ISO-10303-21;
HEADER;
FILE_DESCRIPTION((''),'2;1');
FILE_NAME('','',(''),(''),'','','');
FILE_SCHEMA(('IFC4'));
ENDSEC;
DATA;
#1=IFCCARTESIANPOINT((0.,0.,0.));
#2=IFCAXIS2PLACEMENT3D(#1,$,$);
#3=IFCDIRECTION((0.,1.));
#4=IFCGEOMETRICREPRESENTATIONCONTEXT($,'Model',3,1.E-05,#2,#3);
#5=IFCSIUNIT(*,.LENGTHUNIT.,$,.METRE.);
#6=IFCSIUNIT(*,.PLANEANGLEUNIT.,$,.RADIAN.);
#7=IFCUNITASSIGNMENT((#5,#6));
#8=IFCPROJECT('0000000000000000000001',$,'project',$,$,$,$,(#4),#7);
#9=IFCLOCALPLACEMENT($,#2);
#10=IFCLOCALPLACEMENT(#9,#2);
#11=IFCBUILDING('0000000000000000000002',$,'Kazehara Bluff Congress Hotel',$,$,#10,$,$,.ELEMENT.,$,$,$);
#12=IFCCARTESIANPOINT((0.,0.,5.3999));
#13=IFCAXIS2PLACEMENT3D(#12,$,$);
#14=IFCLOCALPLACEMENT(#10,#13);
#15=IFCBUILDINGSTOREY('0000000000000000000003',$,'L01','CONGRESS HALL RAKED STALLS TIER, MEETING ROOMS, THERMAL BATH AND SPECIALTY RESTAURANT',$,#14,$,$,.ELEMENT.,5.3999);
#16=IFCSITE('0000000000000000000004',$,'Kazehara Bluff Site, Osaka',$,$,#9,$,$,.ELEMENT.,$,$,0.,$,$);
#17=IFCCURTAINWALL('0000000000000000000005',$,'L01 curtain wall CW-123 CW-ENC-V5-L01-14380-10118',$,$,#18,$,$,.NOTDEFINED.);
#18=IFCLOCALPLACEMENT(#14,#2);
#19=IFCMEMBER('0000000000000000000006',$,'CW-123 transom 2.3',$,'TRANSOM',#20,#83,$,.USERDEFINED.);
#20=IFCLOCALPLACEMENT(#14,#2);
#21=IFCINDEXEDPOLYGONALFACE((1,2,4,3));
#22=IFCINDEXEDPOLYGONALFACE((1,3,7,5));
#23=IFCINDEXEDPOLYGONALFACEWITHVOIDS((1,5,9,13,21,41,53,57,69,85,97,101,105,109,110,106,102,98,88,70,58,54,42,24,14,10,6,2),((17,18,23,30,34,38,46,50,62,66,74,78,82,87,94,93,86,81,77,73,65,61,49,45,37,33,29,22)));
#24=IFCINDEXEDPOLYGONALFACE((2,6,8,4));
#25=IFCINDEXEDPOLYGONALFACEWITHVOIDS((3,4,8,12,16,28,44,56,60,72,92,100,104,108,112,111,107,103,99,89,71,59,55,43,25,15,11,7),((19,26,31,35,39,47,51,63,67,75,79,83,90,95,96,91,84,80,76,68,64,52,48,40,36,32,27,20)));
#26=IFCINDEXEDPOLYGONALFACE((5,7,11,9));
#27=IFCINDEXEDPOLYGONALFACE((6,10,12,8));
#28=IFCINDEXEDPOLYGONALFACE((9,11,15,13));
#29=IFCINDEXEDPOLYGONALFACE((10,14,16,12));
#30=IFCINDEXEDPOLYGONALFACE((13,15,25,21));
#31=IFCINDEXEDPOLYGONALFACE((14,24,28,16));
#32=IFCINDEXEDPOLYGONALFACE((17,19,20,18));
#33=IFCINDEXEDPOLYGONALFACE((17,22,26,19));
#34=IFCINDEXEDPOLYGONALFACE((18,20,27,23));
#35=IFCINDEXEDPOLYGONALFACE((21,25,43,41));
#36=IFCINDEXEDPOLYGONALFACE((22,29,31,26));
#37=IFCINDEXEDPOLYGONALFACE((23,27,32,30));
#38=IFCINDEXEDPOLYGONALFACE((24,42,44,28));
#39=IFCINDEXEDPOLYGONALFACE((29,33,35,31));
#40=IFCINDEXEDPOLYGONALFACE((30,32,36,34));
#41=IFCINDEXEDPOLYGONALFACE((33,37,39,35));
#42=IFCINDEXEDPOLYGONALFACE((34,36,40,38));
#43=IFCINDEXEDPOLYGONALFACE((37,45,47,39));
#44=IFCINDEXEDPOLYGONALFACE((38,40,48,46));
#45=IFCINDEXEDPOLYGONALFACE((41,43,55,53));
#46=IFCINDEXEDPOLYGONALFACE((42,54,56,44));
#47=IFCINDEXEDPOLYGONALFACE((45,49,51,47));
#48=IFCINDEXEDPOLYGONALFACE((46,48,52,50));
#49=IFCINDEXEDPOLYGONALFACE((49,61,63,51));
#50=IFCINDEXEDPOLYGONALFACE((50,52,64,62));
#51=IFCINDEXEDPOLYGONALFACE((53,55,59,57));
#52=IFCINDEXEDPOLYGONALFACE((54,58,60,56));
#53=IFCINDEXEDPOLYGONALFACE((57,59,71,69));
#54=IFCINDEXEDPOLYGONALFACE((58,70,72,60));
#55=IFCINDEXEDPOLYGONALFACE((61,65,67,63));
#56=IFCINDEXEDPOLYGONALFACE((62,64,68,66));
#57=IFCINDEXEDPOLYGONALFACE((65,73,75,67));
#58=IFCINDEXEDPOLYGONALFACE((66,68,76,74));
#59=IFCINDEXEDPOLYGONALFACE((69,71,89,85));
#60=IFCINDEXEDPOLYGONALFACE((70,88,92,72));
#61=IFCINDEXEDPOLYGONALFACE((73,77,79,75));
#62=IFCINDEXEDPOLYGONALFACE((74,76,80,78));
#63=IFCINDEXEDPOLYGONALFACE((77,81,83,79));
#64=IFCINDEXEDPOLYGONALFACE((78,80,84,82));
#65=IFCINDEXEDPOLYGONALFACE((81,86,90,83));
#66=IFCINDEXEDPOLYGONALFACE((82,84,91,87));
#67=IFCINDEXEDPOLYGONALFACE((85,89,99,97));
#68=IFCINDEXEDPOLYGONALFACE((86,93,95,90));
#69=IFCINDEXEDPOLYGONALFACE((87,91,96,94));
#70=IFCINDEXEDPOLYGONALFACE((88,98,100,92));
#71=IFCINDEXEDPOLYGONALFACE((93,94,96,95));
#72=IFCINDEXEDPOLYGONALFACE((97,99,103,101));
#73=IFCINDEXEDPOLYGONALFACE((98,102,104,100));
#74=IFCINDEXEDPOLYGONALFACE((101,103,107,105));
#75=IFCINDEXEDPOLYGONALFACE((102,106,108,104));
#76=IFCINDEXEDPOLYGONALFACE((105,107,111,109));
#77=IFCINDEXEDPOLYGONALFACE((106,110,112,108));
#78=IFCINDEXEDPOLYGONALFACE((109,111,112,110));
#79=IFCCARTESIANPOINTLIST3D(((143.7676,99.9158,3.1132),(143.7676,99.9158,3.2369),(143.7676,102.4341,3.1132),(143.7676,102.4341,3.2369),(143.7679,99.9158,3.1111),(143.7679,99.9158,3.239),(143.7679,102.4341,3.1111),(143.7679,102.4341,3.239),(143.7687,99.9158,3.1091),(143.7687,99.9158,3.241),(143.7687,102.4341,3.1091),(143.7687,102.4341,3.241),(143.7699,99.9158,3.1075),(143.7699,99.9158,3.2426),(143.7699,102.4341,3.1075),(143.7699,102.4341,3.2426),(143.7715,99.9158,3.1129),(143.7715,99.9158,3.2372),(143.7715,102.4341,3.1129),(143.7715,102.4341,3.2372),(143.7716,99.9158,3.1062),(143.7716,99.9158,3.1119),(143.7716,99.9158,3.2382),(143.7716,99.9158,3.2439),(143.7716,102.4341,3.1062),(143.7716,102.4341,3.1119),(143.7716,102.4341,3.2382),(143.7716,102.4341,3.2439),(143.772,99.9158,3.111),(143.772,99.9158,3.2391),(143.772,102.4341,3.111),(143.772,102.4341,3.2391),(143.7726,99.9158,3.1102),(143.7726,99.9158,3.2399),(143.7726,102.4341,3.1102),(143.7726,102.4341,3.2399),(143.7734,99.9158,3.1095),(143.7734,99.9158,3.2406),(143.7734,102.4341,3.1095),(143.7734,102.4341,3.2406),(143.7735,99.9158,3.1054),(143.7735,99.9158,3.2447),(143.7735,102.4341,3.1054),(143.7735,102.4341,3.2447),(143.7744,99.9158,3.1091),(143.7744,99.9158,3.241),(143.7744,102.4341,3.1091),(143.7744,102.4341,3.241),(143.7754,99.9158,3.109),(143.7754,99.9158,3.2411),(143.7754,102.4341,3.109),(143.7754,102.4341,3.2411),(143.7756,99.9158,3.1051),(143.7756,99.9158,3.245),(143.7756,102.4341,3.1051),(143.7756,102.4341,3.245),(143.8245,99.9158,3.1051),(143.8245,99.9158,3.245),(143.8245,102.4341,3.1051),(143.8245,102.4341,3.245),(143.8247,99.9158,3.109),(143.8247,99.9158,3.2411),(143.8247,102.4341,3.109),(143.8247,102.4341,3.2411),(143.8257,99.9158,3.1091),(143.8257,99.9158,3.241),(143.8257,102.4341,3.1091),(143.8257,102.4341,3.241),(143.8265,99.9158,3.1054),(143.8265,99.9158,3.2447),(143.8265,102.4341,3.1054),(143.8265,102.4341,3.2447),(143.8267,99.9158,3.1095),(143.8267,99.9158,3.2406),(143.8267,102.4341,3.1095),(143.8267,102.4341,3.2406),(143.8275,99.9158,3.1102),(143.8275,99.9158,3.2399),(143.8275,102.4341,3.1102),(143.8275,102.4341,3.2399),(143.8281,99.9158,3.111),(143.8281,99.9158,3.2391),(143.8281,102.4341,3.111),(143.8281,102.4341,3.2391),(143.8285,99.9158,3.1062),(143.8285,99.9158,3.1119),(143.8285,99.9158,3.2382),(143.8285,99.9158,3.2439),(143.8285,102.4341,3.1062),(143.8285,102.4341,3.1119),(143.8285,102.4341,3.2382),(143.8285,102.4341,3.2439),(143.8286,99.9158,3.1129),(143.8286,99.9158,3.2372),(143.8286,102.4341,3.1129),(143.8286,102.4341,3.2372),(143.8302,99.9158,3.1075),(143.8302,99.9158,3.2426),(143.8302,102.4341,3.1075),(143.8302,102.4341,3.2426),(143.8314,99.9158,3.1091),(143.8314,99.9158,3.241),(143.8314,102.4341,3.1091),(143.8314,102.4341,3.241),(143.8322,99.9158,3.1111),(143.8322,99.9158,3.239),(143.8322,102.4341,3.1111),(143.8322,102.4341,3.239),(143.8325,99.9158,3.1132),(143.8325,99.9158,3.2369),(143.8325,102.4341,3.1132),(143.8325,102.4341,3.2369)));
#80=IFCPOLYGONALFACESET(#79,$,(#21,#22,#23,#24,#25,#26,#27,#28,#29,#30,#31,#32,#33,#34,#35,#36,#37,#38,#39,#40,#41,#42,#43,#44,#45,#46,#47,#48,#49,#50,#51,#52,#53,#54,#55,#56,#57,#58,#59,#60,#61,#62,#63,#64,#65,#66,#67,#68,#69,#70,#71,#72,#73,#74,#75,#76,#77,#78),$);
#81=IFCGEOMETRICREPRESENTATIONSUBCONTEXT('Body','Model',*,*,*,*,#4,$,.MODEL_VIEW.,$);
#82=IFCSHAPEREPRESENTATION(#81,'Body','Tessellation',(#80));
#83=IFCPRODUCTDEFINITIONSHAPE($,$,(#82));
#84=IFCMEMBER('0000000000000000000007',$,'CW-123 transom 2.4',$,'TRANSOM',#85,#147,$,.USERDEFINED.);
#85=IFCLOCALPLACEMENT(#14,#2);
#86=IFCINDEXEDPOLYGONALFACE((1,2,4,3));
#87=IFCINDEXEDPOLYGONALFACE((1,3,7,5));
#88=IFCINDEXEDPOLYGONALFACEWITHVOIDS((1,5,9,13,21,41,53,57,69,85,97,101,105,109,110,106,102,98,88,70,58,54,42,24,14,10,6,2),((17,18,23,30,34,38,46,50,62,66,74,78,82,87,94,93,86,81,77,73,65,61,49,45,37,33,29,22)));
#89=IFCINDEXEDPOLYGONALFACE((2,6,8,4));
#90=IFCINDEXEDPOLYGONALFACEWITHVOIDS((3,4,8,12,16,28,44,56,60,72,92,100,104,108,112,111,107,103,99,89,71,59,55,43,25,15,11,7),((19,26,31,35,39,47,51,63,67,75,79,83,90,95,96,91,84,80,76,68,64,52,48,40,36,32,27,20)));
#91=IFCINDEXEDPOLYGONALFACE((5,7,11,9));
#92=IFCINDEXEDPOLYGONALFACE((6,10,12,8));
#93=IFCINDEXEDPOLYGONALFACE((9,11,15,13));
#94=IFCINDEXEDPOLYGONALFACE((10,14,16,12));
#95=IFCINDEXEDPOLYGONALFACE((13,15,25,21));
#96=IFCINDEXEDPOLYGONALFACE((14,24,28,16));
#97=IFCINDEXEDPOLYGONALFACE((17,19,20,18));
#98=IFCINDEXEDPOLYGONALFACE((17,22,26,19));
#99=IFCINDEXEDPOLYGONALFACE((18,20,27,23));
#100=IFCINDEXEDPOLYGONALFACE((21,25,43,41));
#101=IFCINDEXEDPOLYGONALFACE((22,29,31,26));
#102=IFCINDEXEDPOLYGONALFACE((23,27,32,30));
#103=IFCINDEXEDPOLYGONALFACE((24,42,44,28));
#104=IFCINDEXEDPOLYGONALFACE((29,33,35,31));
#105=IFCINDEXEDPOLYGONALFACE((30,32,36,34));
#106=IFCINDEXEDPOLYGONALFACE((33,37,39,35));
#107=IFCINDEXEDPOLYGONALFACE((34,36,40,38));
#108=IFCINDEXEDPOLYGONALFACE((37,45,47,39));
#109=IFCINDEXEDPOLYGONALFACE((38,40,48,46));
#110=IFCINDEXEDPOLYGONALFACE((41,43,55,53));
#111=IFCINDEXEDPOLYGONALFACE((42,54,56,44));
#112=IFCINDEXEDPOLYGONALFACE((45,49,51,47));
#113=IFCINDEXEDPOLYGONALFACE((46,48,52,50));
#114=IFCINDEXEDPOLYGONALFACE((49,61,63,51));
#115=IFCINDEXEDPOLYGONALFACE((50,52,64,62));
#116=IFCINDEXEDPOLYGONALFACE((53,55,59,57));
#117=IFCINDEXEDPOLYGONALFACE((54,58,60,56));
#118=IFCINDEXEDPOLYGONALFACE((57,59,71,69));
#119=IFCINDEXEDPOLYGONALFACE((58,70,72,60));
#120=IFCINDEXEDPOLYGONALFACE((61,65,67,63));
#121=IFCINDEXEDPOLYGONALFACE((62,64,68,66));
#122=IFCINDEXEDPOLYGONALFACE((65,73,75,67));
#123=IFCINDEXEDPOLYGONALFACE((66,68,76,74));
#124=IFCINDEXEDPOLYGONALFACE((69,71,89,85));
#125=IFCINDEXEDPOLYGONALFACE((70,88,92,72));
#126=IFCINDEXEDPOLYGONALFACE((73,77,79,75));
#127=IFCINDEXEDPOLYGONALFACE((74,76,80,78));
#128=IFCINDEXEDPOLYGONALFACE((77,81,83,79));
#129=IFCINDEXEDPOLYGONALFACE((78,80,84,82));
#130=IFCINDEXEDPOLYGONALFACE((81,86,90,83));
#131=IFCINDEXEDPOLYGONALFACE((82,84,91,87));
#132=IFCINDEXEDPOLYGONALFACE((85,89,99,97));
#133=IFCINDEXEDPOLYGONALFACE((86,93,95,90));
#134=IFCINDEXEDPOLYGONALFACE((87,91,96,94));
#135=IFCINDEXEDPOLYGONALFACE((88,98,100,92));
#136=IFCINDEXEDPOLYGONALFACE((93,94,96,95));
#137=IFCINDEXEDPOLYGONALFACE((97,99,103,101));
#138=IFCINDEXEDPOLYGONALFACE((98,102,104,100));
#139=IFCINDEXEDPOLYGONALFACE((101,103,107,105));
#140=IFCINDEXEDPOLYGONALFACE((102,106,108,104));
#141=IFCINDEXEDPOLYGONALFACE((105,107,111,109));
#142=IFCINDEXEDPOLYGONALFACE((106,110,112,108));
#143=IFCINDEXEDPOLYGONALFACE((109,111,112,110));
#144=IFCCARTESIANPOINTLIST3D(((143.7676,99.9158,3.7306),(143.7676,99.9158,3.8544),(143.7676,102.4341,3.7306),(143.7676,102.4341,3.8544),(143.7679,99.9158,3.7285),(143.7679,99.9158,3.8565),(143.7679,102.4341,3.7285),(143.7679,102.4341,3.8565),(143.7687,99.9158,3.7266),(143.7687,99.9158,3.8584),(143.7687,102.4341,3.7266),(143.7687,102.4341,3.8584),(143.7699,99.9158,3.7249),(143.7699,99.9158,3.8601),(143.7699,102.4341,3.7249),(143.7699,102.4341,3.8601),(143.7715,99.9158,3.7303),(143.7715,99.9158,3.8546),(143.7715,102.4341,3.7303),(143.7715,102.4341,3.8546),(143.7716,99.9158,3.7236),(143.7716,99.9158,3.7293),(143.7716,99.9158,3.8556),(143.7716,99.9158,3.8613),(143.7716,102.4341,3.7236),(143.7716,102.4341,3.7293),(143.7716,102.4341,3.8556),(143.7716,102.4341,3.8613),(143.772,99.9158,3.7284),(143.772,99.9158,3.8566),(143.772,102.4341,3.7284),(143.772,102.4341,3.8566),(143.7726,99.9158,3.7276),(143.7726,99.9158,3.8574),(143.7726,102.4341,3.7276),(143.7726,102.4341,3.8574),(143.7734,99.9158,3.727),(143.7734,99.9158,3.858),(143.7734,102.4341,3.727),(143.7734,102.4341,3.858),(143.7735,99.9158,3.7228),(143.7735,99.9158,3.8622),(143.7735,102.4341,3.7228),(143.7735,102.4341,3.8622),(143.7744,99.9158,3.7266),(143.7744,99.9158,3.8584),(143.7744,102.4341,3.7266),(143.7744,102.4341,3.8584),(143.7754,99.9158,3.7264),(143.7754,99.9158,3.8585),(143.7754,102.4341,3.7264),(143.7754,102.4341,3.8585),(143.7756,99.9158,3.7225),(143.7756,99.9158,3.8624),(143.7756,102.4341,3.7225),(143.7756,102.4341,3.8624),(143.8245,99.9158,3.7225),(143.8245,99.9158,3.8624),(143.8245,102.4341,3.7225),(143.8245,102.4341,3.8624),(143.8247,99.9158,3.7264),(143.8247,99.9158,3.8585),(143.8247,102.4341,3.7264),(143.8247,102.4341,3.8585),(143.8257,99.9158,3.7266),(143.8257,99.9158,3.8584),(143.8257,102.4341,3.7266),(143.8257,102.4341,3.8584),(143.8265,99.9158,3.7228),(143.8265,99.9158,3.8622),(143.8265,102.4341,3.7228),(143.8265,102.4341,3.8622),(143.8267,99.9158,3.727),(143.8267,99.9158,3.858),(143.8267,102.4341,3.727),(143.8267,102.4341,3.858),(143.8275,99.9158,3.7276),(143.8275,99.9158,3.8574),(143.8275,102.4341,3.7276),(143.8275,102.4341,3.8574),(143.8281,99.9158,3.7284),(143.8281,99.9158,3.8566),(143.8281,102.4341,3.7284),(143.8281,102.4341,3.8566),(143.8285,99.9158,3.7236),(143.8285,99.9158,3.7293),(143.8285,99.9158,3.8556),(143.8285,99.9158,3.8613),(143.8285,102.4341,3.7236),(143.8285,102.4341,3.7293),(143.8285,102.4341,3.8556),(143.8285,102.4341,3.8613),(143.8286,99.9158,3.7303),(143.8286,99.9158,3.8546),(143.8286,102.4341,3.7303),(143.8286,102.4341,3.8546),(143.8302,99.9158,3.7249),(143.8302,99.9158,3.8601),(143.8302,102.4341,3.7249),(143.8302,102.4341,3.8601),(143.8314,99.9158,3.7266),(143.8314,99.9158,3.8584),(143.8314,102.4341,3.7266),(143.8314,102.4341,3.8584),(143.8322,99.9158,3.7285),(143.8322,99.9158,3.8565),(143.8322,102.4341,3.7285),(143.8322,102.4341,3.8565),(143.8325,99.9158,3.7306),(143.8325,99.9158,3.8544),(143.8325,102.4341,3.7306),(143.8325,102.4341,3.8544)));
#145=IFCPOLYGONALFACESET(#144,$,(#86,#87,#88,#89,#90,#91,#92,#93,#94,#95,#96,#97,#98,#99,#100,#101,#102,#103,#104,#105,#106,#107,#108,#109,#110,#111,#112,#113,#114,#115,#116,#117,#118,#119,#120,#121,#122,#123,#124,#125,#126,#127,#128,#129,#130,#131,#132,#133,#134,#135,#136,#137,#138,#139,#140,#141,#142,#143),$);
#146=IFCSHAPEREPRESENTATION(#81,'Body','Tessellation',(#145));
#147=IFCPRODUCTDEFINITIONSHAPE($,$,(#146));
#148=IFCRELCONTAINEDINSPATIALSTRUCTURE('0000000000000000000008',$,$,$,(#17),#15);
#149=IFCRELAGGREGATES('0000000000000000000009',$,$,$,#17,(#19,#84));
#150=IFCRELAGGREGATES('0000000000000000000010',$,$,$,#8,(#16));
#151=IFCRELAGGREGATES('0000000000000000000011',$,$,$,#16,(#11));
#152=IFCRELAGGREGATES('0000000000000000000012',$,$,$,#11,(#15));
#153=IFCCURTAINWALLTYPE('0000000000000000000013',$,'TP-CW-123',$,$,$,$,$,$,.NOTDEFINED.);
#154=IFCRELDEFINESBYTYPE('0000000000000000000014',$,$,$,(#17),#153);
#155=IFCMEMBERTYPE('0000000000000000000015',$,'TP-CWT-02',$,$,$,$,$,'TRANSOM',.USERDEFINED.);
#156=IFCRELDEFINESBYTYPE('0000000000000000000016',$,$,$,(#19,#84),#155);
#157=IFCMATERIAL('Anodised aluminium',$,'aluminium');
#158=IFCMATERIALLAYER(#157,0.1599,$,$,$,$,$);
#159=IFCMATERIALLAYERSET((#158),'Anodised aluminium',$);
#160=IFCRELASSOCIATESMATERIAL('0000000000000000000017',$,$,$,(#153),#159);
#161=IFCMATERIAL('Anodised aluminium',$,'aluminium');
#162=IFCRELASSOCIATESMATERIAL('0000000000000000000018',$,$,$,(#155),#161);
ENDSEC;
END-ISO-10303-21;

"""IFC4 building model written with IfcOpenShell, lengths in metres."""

from ifc_helpers import new_model, si_unit, direction, frame, origin, origin_2d, place, context, subcontext, project, spatial, hollow_rectangle, extrude, material, layer, layer_set, material_profile, profile_set, type_object, element, aggregate, save


model = new_model("IFC4")

# Units and contexts
model_context = context("Model", 3, precision=1e-05, world=origin(), true_north=direction((0.0, 1.0)))
body_context = subcontext(model_context, "Body", "Model", "MODEL_VIEW")
ifc_project = project(units=[si_unit("LENGTHUNIT", "METRE"), si_unit("PLANEANGLEUNIT", "RADIAN")], contexts=[model_context])

# Site, building, storey
site_placement = place(None, origin())
site = spatial("IfcSite", under=ifc_project, at=site_placement, Name="Kazehara Bluff Site, Osaka", CompositionType="ELEMENT", RefElevation=0.0)
building_placement = place(site_placement, origin())
building = spatial("IfcBuilding", under=site, at=building_placement, Name="Kazehara Bluff Congress Hotel", CompositionType="ELEMENT")
storey_placement = place(building_placement, frame((0.0, 0.0, 5.3999)))
storey = spatial("IfcBuildingStorey", under=building, at=storey_placement, Name="L01", Description="CONGRESS HALL RAKED STALLS TIER, MEETING ROOMS, THERMAL BATH AND SPECIALTY RESTAURANT", CompositionType="ELEMENT", Elevation=5.3999)

# Curtain wall
ifc_material_1 = material(Name="Anodised aluminium", Category="aluminium")
ifc_layer_1 = layer(ifc_material_1, 0.1599)
ifc_layer_set_1 = layer_set([ifc_layer_1], Name="Anodised aluminium")
curtain_wall_type_1 = type_object("IfcCurtainWallType", Name="TP-CW-123", PredefinedType="NOTDEFINED", material=ifc_layer_set_1)
curtain_wall_1_placement = place(storey_placement, origin())
curtain_wall_1 = element("IfcCurtainWall", 1, at=curtain_wall_1_placement, inside=storey, type_object=curtain_wall_type_1, Name="L01 curtain wall CW-123 CW-ENC-V5-L01-14380-10118", PredefinedType="NOTDEFINED")

# Members
ifc_material_2 = material(Name="Anodised aluminium", Category="aluminium")
ifc_material_profile_1 = material_profile(ifc_material_2, hollow_rectangle(XDim=0.0649, YDim=0.1399, WallThickness=0.0039, InnerFilletRadius=0.0039, OuterFilletRadius=0.0081, at=origin_2d()))
ifc_profile_set_1 = profile_set([ifc_material_profile_1], Name="Anodised aluminium")
member_type_1 = type_object("IfcMemberType", Name="TP-CWT-02", ElementType="TRANSOM", PredefinedType="USERDEFINED", material=ifc_profile_set_1)
member_1_placement = place(storey_placement, frame((143.8, 99.9158, 3.175), z_axis=(0.0, 1.0, 0.0), x_axis=(-1.0, 0.0, 0.0)))
member_1 = element("IfcMember", 2, at=member_1_placement, type_object=member_type_1, Name="CW-123 transom 2.3", ObjectType="TRANSOM", PredefinedType="USERDEFINED", context=body_context, shape_type="SweptSolid", body=[
    extrude(hollow_rectangle(XDim=0.0649, YDim=0.1399, WallThickness=0.0039, InnerFilletRadius=0.0039, OuterFilletRadius=0.0081, at=origin_2d()), origin(), (0.0, 0.0, 1.0), 2.5183),
])
member_2_placement = place(storey_placement, frame((143.8, 99.9158, 3.7925), z_axis=(0.0, 1.0, 0.0), x_axis=(-1.0, 0.0, 0.0)))
member_2 = element("IfcMember", 3, at=member_2_placement, type_object=member_type_1, Name="CW-123 transom 2.4", ObjectType="TRANSOM", PredefinedType="USERDEFINED", context=body_context, shape_type="SweptSolid", body=[
    extrude(hollow_rectangle(XDim=0.0649, YDim=0.1399, WallThickness=0.0039, InnerFilletRadius=0.0039, OuterFilletRadius=0.0081, at=origin_2d()), origin(), (0.0, 0.0, 1.0), 2.5183),
])

aggregate(curtain_wall_1, [member_1, member_2])

save(model, "model.ifc")
